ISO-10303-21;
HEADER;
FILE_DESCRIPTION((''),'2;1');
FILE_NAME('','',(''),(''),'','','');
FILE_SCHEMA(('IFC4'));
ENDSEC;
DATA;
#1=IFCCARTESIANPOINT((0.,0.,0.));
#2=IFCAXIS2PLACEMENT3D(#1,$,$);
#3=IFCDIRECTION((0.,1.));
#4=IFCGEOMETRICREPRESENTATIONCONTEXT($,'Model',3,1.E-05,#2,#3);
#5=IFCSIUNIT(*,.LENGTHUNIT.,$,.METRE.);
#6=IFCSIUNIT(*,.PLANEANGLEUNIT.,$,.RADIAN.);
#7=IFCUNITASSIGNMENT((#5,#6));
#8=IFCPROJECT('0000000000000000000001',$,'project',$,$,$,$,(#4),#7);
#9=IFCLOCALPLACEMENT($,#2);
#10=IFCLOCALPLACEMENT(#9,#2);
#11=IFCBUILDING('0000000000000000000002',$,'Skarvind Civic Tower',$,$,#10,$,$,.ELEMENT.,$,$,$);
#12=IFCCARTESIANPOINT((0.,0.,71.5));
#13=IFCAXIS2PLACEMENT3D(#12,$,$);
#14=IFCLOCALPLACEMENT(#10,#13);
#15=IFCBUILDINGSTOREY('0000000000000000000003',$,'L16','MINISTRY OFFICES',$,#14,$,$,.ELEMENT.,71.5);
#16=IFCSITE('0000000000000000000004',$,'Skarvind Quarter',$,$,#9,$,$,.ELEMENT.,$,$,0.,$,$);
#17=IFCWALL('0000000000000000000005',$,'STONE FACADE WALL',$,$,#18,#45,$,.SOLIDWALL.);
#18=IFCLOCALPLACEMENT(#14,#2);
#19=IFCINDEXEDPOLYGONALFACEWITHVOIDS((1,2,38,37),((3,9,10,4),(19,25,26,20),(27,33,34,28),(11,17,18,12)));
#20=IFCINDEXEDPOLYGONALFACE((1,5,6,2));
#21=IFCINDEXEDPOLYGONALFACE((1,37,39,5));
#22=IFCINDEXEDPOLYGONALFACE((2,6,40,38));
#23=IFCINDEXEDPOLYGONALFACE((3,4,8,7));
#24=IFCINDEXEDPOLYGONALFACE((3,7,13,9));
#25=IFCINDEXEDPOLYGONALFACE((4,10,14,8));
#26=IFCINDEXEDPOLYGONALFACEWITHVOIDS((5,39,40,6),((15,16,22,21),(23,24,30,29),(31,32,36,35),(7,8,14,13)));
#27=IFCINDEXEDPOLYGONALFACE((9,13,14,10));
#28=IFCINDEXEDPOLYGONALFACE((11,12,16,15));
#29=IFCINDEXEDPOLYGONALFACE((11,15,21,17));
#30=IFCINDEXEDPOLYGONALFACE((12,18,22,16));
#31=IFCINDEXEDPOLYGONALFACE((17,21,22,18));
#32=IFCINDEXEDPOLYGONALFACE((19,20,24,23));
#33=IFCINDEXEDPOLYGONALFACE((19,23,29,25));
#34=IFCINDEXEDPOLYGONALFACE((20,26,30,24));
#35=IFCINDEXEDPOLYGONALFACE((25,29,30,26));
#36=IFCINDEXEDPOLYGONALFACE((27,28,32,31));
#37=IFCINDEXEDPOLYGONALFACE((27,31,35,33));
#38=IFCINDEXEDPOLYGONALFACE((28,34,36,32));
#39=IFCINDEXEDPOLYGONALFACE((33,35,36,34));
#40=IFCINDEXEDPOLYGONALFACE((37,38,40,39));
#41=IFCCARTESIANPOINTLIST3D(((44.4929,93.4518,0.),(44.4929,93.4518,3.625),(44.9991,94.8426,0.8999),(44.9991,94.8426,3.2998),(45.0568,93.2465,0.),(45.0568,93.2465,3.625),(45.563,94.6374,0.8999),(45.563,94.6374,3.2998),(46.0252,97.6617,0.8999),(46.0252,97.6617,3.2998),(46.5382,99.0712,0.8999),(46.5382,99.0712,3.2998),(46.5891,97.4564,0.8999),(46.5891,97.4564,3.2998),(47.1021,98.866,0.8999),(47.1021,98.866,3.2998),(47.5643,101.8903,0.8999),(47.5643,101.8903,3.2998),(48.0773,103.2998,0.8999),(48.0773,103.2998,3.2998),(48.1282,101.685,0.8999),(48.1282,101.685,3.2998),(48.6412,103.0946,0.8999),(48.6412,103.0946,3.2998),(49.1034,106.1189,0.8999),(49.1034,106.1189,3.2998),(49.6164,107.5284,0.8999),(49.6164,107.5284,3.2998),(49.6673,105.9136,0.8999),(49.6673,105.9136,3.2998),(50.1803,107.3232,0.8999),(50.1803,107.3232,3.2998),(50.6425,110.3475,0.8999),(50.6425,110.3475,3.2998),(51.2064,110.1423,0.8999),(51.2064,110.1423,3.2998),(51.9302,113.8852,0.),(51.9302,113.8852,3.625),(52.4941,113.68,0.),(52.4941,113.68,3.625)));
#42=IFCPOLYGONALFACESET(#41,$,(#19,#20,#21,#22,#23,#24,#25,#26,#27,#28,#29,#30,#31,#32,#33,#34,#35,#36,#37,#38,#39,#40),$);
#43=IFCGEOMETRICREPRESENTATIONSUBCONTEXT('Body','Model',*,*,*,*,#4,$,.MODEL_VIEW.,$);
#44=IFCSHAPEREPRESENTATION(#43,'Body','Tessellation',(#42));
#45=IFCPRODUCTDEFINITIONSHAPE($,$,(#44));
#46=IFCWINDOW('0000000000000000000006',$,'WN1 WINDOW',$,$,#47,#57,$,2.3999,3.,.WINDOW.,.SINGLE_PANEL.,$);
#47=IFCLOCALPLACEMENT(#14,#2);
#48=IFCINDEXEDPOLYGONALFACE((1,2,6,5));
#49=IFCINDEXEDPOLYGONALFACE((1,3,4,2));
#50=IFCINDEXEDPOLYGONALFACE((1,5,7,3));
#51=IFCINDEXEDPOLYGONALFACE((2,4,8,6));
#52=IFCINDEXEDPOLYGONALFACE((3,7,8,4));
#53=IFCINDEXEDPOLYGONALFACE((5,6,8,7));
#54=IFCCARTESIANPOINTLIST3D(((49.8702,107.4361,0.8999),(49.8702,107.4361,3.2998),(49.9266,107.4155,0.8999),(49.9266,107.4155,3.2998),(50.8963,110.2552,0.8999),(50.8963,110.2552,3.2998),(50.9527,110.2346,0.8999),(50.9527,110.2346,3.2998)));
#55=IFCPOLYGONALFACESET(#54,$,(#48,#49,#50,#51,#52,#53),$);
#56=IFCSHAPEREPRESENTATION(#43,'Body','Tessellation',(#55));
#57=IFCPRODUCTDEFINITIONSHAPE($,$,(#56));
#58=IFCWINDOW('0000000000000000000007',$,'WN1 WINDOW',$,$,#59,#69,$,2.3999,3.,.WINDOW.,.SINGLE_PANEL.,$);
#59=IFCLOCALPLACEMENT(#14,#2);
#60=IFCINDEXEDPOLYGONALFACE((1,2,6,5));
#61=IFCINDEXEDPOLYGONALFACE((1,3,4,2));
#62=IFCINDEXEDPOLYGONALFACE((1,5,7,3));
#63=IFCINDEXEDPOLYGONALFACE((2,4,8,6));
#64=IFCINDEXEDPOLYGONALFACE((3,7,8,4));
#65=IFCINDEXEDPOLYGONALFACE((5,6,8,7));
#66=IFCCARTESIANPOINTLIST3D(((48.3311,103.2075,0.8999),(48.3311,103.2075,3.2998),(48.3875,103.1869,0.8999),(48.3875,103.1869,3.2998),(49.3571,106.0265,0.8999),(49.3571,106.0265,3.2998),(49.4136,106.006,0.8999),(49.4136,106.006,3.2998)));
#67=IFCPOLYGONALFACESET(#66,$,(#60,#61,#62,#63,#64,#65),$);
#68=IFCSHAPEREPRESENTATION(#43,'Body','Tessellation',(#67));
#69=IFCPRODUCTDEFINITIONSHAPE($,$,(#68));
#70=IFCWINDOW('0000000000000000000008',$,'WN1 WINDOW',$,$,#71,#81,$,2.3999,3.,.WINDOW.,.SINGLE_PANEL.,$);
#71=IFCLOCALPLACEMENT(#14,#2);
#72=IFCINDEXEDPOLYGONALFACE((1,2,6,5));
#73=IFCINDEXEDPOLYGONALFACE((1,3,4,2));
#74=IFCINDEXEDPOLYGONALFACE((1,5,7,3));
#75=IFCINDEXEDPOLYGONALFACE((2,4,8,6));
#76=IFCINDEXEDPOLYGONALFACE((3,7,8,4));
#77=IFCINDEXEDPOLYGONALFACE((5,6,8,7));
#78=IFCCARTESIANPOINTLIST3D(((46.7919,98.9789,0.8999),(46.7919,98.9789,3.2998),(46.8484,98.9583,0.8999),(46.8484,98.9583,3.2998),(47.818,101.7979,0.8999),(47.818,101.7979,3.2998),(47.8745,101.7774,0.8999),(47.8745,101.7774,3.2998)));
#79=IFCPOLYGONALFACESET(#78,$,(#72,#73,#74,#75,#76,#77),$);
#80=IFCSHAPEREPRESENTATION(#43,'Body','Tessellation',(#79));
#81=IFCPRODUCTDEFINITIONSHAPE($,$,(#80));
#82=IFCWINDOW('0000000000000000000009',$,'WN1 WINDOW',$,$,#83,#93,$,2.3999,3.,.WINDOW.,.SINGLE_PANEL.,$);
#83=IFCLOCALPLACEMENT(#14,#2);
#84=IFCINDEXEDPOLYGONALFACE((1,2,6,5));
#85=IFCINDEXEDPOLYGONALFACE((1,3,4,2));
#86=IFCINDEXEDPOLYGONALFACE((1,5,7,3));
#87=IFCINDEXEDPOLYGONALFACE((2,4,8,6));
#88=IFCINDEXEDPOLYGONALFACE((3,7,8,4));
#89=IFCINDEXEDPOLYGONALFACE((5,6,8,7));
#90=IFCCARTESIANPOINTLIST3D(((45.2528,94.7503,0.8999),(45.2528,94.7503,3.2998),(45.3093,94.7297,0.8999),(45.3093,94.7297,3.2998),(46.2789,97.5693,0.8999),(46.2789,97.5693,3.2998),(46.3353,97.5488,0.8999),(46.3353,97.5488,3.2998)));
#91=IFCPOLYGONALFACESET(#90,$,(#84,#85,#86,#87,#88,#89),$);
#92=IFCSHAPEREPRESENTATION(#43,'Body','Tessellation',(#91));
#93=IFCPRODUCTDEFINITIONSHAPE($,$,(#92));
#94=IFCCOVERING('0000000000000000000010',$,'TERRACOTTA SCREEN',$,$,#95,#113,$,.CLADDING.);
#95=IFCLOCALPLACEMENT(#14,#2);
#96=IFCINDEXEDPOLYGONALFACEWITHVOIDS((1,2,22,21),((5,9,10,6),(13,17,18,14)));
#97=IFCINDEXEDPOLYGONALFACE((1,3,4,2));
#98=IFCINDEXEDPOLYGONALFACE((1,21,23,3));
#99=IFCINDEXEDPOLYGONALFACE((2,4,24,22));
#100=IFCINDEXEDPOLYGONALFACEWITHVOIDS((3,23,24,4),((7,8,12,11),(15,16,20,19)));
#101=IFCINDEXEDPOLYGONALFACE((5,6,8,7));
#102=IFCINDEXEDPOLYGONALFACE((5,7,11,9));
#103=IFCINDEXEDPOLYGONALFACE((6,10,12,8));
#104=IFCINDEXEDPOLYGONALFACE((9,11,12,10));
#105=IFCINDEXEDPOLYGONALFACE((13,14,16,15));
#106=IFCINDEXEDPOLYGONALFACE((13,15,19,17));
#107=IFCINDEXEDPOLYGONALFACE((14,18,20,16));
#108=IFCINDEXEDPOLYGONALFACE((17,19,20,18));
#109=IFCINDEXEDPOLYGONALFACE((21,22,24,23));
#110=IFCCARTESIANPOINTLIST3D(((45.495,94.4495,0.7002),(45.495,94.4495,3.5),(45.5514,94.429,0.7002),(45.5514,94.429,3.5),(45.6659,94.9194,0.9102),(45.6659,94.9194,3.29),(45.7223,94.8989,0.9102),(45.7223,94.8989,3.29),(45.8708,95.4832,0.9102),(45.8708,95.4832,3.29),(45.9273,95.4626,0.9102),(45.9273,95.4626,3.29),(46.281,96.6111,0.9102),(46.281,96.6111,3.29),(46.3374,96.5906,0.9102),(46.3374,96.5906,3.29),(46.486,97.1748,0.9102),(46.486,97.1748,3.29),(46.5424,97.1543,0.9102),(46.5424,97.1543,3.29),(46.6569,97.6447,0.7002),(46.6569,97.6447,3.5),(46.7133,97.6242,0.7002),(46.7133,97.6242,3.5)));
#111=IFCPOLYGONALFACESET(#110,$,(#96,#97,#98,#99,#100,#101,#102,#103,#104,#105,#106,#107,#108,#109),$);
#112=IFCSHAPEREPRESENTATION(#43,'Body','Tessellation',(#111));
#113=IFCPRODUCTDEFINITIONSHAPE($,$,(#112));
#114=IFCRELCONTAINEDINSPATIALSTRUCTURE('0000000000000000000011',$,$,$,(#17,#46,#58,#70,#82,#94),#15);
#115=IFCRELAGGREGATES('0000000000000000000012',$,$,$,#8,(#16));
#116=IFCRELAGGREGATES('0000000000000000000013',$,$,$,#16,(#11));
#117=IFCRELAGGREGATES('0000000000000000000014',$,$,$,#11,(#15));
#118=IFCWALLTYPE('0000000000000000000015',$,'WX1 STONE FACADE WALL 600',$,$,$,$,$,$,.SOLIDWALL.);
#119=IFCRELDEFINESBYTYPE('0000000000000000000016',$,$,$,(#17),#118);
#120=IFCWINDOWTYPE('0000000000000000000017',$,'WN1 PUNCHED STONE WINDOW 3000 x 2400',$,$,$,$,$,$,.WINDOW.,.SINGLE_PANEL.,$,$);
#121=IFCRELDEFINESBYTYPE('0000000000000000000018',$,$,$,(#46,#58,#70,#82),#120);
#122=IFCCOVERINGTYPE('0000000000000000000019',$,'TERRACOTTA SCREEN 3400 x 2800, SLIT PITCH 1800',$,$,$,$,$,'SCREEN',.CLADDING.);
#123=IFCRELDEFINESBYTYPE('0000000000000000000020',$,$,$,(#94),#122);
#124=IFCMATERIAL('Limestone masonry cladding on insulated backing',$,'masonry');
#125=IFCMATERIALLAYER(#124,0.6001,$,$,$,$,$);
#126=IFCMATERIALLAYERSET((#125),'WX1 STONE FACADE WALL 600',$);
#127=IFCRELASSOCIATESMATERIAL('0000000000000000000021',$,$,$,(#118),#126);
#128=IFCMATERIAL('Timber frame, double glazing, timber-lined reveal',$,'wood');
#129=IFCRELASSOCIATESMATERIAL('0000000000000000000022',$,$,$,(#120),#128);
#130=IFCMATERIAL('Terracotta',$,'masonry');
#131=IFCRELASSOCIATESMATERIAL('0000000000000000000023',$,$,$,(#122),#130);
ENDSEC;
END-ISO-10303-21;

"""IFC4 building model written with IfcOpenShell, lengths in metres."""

from ifc_helpers import new_model, si_unit, direction, frame, frame_2d, origin, place, context, subcontext, project, spatial, polyline, rectangle, outline, extrude, material, layer, layer_set, material_profile, profile_set, type_object, element, fill, save


model = new_model("IFC4")

# Units and contexts
model_context = context("Model", 3, precision=1e-05, world=origin(), true_north=direction((0.0, 1.0)))
body_context = subcontext(model_context, "Body", "Model", "MODEL_VIEW")
ifc_project = project(units=[si_unit("LENGTHUNIT", "METRE"), si_unit("PLANEANGLEUNIT", "RADIAN")], contexts=[model_context])

# Site, building, storey
site_placement = place(None, origin())
site = spatial("IfcSite", under=ifc_project, at=site_placement, Name="Skarvind Quarter", CompositionType="ELEMENT", RefElevation=0.0)
building_placement = place(site_placement, origin())
building = spatial("IfcBuilding", under=site, at=building_placement, Name="Skarvind Civic Tower", CompositionType="ELEMENT")
storey_placement = place(building_placement, frame((0.0, 0.0, 71.5)))
storey = spatial("IfcBuildingStorey", under=building, at=storey_placement, Name="L16", Description="MINISTRY OFFICES", CompositionType="ELEMENT", Elevation=71.5)

# Wall, openings, windows
ifc_material_1 = material(Name="Limestone masonry cladding on insulated backing", Category="masonry")
ifc_layer_1 = layer(ifc_material_1, 0.6001)
ifc_layer_set_1 = layer_set([ifc_layer_1], Name="WX1 STONE FACADE WALL 600")
wall_type_1 = type_object("IfcWallType", Name="WX1 STONE FACADE WALL 600", PredefinedType="SOLIDWALL", material=ifc_layer_set_1)
wall_1_placement = place(storey_placement, frame((52.2122, 113.7827, 0.0), z_axis=(0.0, 0.0, 1.0), x_axis=(-0.342025, -0.939691, 0.0)))
wall_1 = element("IfcWall", 1, at=wall_1_placement, inside=storey, type_object=wall_type_1, Name="STONE FACADE WALL", PredefinedType="SOLIDWALL", context=body_context, shape_type="SweptSolid", body=[
    extrude(rectangle(XDim=21.7449, YDim=0.6001, at=frame_2d((10.8726, 0.0))), origin(), (0.0, 0.0, 1.0), 3.625),
])
opening_1_placement = place(wall_1_placement, frame((3.7649, 0.0, 0.8999)))
opening_1 = element("IfcOpeningElement", 2, at=opening_1_placement, cuts=wall_1, PredefinedType="OPENING", context=body_context, shape_type="SweptSolid", body=[
    extrude(rectangle(XDim=3.0, YDim=2.3999, at=frame_2d((1.5, 1.2))), frame((0.0, 0.3101, 0.0), z_axis=(0.0, -1.0, 0.0), x_axis=(1.0, 0.0, 0.0)), (0.0, 0.0, 1.0), 0.6201),
])
opening_2_placement = place(wall_1_placement, frame((8.2649, 0.0, 0.8999)))
opening_2 = element("IfcOpeningElement", 3, at=opening_2_placement, cuts=wall_1, PredefinedType="OPENING", context=body_context, shape_type="SweptSolid", body=[
    extrude(rectangle(XDim=3.0, YDim=2.3999, at=frame_2d((1.5, 1.2))), frame((0.0, 0.3101, 0.0), z_axis=(0.0, -1.0, 0.0), x_axis=(1.0, 0.0, 0.0)), (0.0, 0.0, 1.0), 0.6201),
])
opening_3_placement = place(wall_1_placement, frame((12.7649, 0.0, 0.8999)))
opening_3 = element("IfcOpeningElement", 4, at=opening_3_placement, cuts=wall_1, PredefinedType="OPENING", context=body_context, shape_type="SweptSolid", body=[
    extrude(rectangle(XDim=3.0, YDim=2.3999, at=frame_2d((1.5, 1.2))), frame((0.0, 0.3101, 0.0), z_axis=(0.0, -1.0, 0.0), x_axis=(1.0, 0.0, 0.0)), (0.0, 0.0, 1.0), 0.6201),
])
opening_4_placement = place(wall_1_placement, frame((17.2649, 0.0, 0.8999)))
opening_4 = element("IfcOpeningElement", 5, at=opening_4_placement, cuts=wall_1, PredefinedType="OPENING", context=body_context, shape_type="SweptSolid", body=[
    extrude(rectangle(XDim=3.0, YDim=2.3999, at=frame_2d((1.5, 1.2))), frame((0.0, 0.3101, 0.0), z_axis=(0.0, -1.0, 0.0), x_axis=(1.0, 0.0, 0.0)), (0.0, 0.0, 1.0), 0.6201),
])
ifc_material_2 = material(Name="Timber frame, double glazing, timber-lined reveal", Category="wood")
window_type = type_object("IfcWindowType", Name="WN1 PUNCHED STONE WINDOW 3000 x 2400", PartitioningType="SINGLE_PANEL", PredefinedType="WINDOW", material=ifc_material_2)
window_1_placement = place(opening_1_placement, origin())
window_1 = element("IfcWindow", 6, at=window_1_placement, inside=storey, type_object=window_type, Name="WN1 WINDOW", OverallHeight=2.3999, OverallWidth=3.0, PartitioningType="SINGLE_PANEL", PredefinedType="WINDOW", context=body_context, shape_type="SweptSolid", body=[
    extrude(rectangle(XDim=3.0, YDim=2.3999, at=frame_2d((1.5, 1.2))), frame((0.0, 0.03, 0.0), z_axis=(0.0, -1.0, 0.0), x_axis=(1.0, 0.0, 0.0)), (0.0, 0.0, 1.0), 0.0601),
])
fill(opening_1, window_1)
window_2_placement = place(opening_2_placement, origin())
window_2 = element("IfcWindow", 7, at=window_2_placement, inside=storey, type_object=window_type, Name="WN1 WINDOW", OverallHeight=2.3999, OverallWidth=3.0, PartitioningType="SINGLE_PANEL", PredefinedType="WINDOW", context=body_context, shape_type="SweptSolid", body=[
    extrude(rectangle(XDim=3.0, YDim=2.3999, at=frame_2d((1.5, 1.2))), frame((0.0, 0.03, 0.0), z_axis=(0.0, -1.0, 0.0), x_axis=(1.0, 0.0, 0.0)), (0.0, 0.0, 1.0), 0.0601),
])
fill(opening_2, window_2)
window_3_placement = place(opening_3_placement, origin())
window_3 = element("IfcWindow", 8, at=window_3_placement, inside=storey, type_object=window_type, Name="WN1 WINDOW", OverallHeight=2.3999, OverallWidth=3.0, PartitioningType="SINGLE_PANEL", PredefinedType="WINDOW", context=body_context, shape_type="SweptSolid", body=[
    extrude(rectangle(XDim=3.0, YDim=2.3999, at=frame_2d((1.5, 1.2))), frame((0.0, 0.03, 0.0), z_axis=(0.0, -1.0, 0.0), x_axis=(1.0, 0.0, 0.0)), (0.0, 0.0, 1.0), 0.0601),
])
fill(opening_3, window_3)
window_4_placement = place(opening_4_placement, origin())
window_4 = element("IfcWindow", 9, at=window_4_placement, inside=storey, type_object=window_type, Name="WN1 WINDOW", OverallHeight=2.3999, OverallWidth=3.0, PartitioningType="SINGLE_PANEL", PredefinedType="WINDOW", context=body_context, shape_type="SweptSolid", body=[
    extrude(rectangle(XDim=3.0, YDim=2.3999, at=frame_2d((1.5, 1.2))), frame((0.0, 0.03, 0.0), z_axis=(0.0, -1.0, 0.0), x_axis=(1.0, 0.0, 0.0)), (0.0, 0.0, 1.0), 0.0601),
])
fill(opening_4, window_4)

# Covering
ifc_material_3 = material(Name="Terracotta", Category="masonry")
ifc_material_profile_1 = material_profile(ifc_material_3, outline(polyline([(-1.7, -1.3999), (1.7, -1.3999), (1.7, 1.3999), (-1.7, 1.3999), (-1.7, -1.3999)]), holes=[polyline([(-1.2, -1.1899), (-0.6001, -1.1899), (-0.6001, 1.1899), (-1.2, 1.1899), (-1.2, -1.1899)]), polyline([(0.6001, -1.1899), (1.2, -1.1899), (1.2, 1.1899), (0.6001, 1.1899), (0.6001, -1.1899)])]), Name="TERRACOTTA SCREEN 3400 x 2800, SLIT PITCH 1800")
ifc_profile_set_1 = profile_set([ifc_material_profile_1], Name="Terracotta")
covering_type = type_object("IfcCoveringType", Name="TERRACOTTA SCREEN 3400 x 2800, SLIT PITCH 1800", ElementType="SCREEN", PredefinedType="CLADDING", material=ifc_profile_set_1)
covering_placement = place(storey_placement, frame((46.0759, 96.0471, 2.1001), z_axis=(0.939793, -0.341743, 0.0), x_axis=(0.341743, 0.939793, 0.0)))
element("IfcCovering", 10, at=covering_placement, inside=storey, type_object=covering_type, Name="TERRACOTTA SCREEN", PredefinedType="CLADDING", context=body_context, shape_type="SweptSolid", body=[
    extrude(outline(polyline([(-1.7, -1.3999), (1.7, -1.3999), (1.7, 1.3999), (-1.7, 1.3999), (-1.7, -1.3999)]), holes=[polyline([(-1.2, -1.1899), (-0.6001, -1.1899), (-0.6001, 1.1899), (-1.2, 1.1899), (-1.2, -1.1899)]), polyline([(0.6001, -1.1899), (1.2, -1.1899), (1.2, 1.1899), (0.6001, 1.1899), (0.6001, -1.1899)])]), origin(), (0.0, 0.0, 1.0), 0.0601),
])

save(model, "model.ifc")
